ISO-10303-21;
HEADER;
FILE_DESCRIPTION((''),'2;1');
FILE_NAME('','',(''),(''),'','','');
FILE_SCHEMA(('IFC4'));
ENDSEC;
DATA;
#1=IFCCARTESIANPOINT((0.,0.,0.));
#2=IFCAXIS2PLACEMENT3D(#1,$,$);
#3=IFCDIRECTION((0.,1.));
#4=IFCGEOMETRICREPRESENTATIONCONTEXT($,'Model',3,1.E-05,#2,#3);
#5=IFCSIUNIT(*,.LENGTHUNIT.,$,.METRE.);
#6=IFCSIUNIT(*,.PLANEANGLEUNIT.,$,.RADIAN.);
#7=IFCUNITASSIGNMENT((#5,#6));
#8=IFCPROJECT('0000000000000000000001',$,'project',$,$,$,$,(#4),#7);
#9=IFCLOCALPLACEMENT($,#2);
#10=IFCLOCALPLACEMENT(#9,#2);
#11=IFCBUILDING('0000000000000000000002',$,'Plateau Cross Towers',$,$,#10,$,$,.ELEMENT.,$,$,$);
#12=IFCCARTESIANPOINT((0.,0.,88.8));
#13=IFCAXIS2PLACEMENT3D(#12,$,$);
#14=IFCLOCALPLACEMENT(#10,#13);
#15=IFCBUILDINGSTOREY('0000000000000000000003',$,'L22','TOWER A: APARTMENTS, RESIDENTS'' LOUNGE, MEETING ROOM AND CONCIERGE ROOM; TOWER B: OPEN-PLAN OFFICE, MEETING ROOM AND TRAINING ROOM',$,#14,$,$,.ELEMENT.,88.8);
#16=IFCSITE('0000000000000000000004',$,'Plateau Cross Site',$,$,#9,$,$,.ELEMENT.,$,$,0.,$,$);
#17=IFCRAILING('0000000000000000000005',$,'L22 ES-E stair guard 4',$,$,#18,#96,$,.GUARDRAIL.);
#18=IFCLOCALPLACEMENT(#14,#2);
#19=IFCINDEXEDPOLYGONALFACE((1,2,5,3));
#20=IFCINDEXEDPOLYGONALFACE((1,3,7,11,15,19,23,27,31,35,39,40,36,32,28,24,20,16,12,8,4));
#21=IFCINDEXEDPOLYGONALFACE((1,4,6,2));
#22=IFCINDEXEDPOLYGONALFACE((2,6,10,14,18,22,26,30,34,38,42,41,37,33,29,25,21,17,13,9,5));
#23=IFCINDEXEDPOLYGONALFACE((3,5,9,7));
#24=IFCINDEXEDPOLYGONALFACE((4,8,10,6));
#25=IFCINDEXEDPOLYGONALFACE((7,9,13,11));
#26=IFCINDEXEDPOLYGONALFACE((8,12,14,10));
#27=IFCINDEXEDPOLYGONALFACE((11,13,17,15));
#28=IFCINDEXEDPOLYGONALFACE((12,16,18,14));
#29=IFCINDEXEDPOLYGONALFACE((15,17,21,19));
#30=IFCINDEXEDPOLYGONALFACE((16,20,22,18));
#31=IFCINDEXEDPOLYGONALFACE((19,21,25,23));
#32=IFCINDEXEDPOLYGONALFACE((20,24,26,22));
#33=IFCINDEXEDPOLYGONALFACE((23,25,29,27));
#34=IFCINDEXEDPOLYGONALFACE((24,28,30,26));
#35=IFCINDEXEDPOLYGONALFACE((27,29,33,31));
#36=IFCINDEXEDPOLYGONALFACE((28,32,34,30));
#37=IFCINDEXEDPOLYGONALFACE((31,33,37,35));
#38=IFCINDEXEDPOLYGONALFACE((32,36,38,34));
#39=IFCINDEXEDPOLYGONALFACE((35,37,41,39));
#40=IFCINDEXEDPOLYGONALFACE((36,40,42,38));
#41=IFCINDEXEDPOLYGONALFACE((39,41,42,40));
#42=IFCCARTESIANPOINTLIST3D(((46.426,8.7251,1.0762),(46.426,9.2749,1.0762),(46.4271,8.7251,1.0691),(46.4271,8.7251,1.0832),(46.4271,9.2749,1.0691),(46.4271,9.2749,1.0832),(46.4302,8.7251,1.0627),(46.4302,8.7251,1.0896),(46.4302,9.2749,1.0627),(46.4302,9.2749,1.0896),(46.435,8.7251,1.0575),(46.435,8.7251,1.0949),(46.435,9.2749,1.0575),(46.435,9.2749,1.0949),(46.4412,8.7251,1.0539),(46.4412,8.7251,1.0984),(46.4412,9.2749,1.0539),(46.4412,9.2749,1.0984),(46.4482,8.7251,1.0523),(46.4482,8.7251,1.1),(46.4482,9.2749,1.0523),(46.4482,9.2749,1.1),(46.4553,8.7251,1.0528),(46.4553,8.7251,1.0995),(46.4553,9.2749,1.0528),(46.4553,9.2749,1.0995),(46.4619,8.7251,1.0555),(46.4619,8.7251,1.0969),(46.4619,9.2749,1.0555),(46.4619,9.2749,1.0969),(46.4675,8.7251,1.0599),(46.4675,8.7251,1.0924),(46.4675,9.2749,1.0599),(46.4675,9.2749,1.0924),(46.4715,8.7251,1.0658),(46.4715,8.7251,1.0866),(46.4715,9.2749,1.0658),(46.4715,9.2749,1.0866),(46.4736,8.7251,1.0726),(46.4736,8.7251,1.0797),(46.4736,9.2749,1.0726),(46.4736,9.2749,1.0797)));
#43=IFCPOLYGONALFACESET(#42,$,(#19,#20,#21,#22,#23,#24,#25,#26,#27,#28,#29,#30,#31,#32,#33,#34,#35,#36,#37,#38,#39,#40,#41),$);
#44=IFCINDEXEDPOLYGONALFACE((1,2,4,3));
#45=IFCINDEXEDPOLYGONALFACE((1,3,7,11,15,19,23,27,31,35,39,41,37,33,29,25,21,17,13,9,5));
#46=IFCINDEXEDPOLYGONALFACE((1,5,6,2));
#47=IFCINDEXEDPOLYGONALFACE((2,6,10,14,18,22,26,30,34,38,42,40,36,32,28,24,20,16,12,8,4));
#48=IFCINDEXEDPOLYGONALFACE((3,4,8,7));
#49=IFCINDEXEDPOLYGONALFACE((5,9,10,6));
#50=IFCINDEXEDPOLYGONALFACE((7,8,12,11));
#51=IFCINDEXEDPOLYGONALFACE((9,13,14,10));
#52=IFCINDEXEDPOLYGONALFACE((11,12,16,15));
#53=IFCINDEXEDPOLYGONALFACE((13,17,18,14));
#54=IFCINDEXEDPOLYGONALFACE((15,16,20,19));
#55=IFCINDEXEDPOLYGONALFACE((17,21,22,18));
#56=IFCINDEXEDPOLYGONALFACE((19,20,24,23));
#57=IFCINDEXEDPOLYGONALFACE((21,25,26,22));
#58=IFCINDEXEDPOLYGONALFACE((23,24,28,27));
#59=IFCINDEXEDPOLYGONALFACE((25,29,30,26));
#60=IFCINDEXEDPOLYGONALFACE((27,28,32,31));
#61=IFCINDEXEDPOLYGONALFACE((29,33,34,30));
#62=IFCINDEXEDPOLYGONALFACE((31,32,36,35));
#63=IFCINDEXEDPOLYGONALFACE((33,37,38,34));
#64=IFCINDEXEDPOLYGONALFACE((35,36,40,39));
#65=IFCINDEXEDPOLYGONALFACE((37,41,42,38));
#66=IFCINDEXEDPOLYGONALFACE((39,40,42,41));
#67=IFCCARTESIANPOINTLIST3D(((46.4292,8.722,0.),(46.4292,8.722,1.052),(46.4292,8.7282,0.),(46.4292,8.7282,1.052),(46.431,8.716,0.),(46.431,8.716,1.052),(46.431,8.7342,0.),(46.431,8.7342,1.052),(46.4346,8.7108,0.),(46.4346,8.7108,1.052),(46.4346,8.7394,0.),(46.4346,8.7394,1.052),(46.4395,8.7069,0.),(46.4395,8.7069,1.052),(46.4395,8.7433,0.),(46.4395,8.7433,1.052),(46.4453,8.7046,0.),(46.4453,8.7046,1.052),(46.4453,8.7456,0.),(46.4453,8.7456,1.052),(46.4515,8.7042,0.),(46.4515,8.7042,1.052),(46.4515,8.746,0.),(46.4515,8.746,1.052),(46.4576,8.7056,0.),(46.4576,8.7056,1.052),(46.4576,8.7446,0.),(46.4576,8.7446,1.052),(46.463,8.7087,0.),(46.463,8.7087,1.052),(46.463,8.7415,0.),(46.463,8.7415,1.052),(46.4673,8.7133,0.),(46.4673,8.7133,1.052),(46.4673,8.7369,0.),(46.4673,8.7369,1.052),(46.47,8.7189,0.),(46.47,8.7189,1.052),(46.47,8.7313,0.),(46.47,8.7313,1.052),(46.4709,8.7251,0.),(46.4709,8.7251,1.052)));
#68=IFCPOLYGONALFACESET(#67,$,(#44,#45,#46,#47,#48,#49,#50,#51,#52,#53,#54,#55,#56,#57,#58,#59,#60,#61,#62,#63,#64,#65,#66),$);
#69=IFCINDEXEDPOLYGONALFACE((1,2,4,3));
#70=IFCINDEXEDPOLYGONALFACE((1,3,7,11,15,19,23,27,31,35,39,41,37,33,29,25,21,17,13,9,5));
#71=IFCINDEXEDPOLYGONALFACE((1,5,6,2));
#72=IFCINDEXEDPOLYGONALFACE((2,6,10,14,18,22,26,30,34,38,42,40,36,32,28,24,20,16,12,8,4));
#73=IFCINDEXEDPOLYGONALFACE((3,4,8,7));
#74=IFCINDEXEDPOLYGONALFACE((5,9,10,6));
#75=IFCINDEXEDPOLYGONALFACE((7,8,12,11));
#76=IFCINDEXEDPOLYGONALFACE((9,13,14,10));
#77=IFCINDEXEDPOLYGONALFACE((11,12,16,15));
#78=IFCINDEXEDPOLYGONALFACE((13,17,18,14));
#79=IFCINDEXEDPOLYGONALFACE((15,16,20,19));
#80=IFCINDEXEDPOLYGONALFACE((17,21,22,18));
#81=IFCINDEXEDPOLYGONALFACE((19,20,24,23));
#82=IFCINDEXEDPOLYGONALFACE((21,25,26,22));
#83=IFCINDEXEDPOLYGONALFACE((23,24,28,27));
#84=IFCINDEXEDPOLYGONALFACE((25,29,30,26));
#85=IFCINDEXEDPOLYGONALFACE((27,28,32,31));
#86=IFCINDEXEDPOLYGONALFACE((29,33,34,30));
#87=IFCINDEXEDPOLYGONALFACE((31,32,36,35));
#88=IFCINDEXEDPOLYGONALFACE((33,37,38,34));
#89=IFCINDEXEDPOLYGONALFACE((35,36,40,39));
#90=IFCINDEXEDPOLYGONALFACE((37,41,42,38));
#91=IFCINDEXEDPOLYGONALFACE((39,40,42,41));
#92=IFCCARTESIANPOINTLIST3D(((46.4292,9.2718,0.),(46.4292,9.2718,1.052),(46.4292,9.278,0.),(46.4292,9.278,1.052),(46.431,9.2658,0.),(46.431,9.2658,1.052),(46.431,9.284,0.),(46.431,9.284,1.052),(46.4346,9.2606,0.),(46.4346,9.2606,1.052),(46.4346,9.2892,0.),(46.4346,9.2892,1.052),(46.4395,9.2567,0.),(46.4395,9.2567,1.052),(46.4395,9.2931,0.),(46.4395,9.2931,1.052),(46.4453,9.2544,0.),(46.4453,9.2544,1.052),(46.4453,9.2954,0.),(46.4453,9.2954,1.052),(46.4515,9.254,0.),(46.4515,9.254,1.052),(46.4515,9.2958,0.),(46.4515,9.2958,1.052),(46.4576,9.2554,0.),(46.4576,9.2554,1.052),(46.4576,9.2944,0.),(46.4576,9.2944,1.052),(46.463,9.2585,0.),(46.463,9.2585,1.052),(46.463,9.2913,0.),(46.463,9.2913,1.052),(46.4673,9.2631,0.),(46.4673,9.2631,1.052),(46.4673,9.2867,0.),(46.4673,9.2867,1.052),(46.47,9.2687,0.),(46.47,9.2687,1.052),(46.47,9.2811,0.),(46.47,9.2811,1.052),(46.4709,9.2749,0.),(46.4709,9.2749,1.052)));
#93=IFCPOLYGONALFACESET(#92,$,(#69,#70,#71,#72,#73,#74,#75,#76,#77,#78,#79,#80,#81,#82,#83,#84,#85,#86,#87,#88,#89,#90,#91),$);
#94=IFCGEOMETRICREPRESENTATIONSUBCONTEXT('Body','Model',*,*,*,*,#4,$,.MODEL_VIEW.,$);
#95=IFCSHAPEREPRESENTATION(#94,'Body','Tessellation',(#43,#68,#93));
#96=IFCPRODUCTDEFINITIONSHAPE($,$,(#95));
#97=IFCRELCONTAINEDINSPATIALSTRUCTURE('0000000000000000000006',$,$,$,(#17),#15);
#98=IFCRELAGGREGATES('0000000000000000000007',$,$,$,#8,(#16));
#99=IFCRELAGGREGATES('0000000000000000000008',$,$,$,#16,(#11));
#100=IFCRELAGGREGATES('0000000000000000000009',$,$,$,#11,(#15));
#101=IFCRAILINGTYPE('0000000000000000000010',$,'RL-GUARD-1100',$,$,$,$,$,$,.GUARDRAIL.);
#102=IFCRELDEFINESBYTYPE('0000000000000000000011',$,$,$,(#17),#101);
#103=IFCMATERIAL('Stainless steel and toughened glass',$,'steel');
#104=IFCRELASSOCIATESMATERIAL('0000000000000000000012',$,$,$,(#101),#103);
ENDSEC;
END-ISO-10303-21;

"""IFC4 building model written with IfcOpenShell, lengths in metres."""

from ifc_helpers import new_model, si_unit, direction, frame, origin, origin_2d, place, context, subcontext, project, spatial, circle, extrude, material, type_object, element, save


model = new_model("IFC4")

# Units and contexts
model_context = context("Model", 3, precision=1e-05, world=origin(), true_north=direction((0.0, 1.0)))
body_context = subcontext(model_context, "Body", "Model", "MODEL_VIEW")
ifc_project = project(units=[si_unit("LENGTHUNIT", "METRE"), si_unit("PLANEANGLEUNIT", "RADIAN")], contexts=[model_context])

# Site, building, storey
site_placement = place(None, origin())
site = spatial("IfcSite", under=ifc_project, at=site_placement, Name="Plateau Cross Site", CompositionType="ELEMENT", RefElevation=0.0)
building_placement = place(site_placement, origin())
building = spatial("IfcBuilding", under=site, at=building_placement, Name="Plateau Cross Towers", CompositionType="ELEMENT")
storey_placement = place(building_placement, frame((0.0, 0.0, 88.8)))
storey = spatial("IfcBuildingStorey", under=building, at=storey_placement, Name="L22", Description="TOWER A: APARTMENTS, RESIDENTS' LOUNGE, MEETING ROOM AND CONCIERGE ROOM; TOWER B: OPEN-PLAN OFFICE, MEETING ROOM AND TRAINING ROOM", CompositionType="ELEMENT", Elevation=88.8)

# Railing
ifc_material_1 = material(Name="Stainless steel and toughened glass", Category="steel")
railing_type_1 = type_object("IfcRailingType", Name="RL-GUARD-1100", PredefinedType="GUARDRAIL", material=ifc_material_1)
railing_1_placement = place(storey_placement, frame((46.45, 8.7251, 0.0)))
element("IfcRailing", 1, at=railing_1_placement, inside=storey, type_object=railing_type_1, Name="L22 ES-E stair guard 4", PredefinedType="GUARDRAIL", context=body_context, shape_type="SweptSolid", body=[
    extrude(circle(Radius=0.0239, at=origin_2d()), frame((0.0, 0.0, 1.0762), z_axis=(0.0, 1.0, 0.0), x_axis=(-1.0, 0.0, 0.0)), (0.0, 0.0, 1.0), 0.5498),
    extrude(circle(Radius=0.021, at=origin_2d()), origin(), (0.0, 0.0, 1.0), 1.052),
    extrude(circle(Radius=0.021, at=origin_2d()), frame((0.0, 0.5498, 0.0)), (0.0, 0.0, 1.0), 1.052),
])

save(model, "model.ifc")
